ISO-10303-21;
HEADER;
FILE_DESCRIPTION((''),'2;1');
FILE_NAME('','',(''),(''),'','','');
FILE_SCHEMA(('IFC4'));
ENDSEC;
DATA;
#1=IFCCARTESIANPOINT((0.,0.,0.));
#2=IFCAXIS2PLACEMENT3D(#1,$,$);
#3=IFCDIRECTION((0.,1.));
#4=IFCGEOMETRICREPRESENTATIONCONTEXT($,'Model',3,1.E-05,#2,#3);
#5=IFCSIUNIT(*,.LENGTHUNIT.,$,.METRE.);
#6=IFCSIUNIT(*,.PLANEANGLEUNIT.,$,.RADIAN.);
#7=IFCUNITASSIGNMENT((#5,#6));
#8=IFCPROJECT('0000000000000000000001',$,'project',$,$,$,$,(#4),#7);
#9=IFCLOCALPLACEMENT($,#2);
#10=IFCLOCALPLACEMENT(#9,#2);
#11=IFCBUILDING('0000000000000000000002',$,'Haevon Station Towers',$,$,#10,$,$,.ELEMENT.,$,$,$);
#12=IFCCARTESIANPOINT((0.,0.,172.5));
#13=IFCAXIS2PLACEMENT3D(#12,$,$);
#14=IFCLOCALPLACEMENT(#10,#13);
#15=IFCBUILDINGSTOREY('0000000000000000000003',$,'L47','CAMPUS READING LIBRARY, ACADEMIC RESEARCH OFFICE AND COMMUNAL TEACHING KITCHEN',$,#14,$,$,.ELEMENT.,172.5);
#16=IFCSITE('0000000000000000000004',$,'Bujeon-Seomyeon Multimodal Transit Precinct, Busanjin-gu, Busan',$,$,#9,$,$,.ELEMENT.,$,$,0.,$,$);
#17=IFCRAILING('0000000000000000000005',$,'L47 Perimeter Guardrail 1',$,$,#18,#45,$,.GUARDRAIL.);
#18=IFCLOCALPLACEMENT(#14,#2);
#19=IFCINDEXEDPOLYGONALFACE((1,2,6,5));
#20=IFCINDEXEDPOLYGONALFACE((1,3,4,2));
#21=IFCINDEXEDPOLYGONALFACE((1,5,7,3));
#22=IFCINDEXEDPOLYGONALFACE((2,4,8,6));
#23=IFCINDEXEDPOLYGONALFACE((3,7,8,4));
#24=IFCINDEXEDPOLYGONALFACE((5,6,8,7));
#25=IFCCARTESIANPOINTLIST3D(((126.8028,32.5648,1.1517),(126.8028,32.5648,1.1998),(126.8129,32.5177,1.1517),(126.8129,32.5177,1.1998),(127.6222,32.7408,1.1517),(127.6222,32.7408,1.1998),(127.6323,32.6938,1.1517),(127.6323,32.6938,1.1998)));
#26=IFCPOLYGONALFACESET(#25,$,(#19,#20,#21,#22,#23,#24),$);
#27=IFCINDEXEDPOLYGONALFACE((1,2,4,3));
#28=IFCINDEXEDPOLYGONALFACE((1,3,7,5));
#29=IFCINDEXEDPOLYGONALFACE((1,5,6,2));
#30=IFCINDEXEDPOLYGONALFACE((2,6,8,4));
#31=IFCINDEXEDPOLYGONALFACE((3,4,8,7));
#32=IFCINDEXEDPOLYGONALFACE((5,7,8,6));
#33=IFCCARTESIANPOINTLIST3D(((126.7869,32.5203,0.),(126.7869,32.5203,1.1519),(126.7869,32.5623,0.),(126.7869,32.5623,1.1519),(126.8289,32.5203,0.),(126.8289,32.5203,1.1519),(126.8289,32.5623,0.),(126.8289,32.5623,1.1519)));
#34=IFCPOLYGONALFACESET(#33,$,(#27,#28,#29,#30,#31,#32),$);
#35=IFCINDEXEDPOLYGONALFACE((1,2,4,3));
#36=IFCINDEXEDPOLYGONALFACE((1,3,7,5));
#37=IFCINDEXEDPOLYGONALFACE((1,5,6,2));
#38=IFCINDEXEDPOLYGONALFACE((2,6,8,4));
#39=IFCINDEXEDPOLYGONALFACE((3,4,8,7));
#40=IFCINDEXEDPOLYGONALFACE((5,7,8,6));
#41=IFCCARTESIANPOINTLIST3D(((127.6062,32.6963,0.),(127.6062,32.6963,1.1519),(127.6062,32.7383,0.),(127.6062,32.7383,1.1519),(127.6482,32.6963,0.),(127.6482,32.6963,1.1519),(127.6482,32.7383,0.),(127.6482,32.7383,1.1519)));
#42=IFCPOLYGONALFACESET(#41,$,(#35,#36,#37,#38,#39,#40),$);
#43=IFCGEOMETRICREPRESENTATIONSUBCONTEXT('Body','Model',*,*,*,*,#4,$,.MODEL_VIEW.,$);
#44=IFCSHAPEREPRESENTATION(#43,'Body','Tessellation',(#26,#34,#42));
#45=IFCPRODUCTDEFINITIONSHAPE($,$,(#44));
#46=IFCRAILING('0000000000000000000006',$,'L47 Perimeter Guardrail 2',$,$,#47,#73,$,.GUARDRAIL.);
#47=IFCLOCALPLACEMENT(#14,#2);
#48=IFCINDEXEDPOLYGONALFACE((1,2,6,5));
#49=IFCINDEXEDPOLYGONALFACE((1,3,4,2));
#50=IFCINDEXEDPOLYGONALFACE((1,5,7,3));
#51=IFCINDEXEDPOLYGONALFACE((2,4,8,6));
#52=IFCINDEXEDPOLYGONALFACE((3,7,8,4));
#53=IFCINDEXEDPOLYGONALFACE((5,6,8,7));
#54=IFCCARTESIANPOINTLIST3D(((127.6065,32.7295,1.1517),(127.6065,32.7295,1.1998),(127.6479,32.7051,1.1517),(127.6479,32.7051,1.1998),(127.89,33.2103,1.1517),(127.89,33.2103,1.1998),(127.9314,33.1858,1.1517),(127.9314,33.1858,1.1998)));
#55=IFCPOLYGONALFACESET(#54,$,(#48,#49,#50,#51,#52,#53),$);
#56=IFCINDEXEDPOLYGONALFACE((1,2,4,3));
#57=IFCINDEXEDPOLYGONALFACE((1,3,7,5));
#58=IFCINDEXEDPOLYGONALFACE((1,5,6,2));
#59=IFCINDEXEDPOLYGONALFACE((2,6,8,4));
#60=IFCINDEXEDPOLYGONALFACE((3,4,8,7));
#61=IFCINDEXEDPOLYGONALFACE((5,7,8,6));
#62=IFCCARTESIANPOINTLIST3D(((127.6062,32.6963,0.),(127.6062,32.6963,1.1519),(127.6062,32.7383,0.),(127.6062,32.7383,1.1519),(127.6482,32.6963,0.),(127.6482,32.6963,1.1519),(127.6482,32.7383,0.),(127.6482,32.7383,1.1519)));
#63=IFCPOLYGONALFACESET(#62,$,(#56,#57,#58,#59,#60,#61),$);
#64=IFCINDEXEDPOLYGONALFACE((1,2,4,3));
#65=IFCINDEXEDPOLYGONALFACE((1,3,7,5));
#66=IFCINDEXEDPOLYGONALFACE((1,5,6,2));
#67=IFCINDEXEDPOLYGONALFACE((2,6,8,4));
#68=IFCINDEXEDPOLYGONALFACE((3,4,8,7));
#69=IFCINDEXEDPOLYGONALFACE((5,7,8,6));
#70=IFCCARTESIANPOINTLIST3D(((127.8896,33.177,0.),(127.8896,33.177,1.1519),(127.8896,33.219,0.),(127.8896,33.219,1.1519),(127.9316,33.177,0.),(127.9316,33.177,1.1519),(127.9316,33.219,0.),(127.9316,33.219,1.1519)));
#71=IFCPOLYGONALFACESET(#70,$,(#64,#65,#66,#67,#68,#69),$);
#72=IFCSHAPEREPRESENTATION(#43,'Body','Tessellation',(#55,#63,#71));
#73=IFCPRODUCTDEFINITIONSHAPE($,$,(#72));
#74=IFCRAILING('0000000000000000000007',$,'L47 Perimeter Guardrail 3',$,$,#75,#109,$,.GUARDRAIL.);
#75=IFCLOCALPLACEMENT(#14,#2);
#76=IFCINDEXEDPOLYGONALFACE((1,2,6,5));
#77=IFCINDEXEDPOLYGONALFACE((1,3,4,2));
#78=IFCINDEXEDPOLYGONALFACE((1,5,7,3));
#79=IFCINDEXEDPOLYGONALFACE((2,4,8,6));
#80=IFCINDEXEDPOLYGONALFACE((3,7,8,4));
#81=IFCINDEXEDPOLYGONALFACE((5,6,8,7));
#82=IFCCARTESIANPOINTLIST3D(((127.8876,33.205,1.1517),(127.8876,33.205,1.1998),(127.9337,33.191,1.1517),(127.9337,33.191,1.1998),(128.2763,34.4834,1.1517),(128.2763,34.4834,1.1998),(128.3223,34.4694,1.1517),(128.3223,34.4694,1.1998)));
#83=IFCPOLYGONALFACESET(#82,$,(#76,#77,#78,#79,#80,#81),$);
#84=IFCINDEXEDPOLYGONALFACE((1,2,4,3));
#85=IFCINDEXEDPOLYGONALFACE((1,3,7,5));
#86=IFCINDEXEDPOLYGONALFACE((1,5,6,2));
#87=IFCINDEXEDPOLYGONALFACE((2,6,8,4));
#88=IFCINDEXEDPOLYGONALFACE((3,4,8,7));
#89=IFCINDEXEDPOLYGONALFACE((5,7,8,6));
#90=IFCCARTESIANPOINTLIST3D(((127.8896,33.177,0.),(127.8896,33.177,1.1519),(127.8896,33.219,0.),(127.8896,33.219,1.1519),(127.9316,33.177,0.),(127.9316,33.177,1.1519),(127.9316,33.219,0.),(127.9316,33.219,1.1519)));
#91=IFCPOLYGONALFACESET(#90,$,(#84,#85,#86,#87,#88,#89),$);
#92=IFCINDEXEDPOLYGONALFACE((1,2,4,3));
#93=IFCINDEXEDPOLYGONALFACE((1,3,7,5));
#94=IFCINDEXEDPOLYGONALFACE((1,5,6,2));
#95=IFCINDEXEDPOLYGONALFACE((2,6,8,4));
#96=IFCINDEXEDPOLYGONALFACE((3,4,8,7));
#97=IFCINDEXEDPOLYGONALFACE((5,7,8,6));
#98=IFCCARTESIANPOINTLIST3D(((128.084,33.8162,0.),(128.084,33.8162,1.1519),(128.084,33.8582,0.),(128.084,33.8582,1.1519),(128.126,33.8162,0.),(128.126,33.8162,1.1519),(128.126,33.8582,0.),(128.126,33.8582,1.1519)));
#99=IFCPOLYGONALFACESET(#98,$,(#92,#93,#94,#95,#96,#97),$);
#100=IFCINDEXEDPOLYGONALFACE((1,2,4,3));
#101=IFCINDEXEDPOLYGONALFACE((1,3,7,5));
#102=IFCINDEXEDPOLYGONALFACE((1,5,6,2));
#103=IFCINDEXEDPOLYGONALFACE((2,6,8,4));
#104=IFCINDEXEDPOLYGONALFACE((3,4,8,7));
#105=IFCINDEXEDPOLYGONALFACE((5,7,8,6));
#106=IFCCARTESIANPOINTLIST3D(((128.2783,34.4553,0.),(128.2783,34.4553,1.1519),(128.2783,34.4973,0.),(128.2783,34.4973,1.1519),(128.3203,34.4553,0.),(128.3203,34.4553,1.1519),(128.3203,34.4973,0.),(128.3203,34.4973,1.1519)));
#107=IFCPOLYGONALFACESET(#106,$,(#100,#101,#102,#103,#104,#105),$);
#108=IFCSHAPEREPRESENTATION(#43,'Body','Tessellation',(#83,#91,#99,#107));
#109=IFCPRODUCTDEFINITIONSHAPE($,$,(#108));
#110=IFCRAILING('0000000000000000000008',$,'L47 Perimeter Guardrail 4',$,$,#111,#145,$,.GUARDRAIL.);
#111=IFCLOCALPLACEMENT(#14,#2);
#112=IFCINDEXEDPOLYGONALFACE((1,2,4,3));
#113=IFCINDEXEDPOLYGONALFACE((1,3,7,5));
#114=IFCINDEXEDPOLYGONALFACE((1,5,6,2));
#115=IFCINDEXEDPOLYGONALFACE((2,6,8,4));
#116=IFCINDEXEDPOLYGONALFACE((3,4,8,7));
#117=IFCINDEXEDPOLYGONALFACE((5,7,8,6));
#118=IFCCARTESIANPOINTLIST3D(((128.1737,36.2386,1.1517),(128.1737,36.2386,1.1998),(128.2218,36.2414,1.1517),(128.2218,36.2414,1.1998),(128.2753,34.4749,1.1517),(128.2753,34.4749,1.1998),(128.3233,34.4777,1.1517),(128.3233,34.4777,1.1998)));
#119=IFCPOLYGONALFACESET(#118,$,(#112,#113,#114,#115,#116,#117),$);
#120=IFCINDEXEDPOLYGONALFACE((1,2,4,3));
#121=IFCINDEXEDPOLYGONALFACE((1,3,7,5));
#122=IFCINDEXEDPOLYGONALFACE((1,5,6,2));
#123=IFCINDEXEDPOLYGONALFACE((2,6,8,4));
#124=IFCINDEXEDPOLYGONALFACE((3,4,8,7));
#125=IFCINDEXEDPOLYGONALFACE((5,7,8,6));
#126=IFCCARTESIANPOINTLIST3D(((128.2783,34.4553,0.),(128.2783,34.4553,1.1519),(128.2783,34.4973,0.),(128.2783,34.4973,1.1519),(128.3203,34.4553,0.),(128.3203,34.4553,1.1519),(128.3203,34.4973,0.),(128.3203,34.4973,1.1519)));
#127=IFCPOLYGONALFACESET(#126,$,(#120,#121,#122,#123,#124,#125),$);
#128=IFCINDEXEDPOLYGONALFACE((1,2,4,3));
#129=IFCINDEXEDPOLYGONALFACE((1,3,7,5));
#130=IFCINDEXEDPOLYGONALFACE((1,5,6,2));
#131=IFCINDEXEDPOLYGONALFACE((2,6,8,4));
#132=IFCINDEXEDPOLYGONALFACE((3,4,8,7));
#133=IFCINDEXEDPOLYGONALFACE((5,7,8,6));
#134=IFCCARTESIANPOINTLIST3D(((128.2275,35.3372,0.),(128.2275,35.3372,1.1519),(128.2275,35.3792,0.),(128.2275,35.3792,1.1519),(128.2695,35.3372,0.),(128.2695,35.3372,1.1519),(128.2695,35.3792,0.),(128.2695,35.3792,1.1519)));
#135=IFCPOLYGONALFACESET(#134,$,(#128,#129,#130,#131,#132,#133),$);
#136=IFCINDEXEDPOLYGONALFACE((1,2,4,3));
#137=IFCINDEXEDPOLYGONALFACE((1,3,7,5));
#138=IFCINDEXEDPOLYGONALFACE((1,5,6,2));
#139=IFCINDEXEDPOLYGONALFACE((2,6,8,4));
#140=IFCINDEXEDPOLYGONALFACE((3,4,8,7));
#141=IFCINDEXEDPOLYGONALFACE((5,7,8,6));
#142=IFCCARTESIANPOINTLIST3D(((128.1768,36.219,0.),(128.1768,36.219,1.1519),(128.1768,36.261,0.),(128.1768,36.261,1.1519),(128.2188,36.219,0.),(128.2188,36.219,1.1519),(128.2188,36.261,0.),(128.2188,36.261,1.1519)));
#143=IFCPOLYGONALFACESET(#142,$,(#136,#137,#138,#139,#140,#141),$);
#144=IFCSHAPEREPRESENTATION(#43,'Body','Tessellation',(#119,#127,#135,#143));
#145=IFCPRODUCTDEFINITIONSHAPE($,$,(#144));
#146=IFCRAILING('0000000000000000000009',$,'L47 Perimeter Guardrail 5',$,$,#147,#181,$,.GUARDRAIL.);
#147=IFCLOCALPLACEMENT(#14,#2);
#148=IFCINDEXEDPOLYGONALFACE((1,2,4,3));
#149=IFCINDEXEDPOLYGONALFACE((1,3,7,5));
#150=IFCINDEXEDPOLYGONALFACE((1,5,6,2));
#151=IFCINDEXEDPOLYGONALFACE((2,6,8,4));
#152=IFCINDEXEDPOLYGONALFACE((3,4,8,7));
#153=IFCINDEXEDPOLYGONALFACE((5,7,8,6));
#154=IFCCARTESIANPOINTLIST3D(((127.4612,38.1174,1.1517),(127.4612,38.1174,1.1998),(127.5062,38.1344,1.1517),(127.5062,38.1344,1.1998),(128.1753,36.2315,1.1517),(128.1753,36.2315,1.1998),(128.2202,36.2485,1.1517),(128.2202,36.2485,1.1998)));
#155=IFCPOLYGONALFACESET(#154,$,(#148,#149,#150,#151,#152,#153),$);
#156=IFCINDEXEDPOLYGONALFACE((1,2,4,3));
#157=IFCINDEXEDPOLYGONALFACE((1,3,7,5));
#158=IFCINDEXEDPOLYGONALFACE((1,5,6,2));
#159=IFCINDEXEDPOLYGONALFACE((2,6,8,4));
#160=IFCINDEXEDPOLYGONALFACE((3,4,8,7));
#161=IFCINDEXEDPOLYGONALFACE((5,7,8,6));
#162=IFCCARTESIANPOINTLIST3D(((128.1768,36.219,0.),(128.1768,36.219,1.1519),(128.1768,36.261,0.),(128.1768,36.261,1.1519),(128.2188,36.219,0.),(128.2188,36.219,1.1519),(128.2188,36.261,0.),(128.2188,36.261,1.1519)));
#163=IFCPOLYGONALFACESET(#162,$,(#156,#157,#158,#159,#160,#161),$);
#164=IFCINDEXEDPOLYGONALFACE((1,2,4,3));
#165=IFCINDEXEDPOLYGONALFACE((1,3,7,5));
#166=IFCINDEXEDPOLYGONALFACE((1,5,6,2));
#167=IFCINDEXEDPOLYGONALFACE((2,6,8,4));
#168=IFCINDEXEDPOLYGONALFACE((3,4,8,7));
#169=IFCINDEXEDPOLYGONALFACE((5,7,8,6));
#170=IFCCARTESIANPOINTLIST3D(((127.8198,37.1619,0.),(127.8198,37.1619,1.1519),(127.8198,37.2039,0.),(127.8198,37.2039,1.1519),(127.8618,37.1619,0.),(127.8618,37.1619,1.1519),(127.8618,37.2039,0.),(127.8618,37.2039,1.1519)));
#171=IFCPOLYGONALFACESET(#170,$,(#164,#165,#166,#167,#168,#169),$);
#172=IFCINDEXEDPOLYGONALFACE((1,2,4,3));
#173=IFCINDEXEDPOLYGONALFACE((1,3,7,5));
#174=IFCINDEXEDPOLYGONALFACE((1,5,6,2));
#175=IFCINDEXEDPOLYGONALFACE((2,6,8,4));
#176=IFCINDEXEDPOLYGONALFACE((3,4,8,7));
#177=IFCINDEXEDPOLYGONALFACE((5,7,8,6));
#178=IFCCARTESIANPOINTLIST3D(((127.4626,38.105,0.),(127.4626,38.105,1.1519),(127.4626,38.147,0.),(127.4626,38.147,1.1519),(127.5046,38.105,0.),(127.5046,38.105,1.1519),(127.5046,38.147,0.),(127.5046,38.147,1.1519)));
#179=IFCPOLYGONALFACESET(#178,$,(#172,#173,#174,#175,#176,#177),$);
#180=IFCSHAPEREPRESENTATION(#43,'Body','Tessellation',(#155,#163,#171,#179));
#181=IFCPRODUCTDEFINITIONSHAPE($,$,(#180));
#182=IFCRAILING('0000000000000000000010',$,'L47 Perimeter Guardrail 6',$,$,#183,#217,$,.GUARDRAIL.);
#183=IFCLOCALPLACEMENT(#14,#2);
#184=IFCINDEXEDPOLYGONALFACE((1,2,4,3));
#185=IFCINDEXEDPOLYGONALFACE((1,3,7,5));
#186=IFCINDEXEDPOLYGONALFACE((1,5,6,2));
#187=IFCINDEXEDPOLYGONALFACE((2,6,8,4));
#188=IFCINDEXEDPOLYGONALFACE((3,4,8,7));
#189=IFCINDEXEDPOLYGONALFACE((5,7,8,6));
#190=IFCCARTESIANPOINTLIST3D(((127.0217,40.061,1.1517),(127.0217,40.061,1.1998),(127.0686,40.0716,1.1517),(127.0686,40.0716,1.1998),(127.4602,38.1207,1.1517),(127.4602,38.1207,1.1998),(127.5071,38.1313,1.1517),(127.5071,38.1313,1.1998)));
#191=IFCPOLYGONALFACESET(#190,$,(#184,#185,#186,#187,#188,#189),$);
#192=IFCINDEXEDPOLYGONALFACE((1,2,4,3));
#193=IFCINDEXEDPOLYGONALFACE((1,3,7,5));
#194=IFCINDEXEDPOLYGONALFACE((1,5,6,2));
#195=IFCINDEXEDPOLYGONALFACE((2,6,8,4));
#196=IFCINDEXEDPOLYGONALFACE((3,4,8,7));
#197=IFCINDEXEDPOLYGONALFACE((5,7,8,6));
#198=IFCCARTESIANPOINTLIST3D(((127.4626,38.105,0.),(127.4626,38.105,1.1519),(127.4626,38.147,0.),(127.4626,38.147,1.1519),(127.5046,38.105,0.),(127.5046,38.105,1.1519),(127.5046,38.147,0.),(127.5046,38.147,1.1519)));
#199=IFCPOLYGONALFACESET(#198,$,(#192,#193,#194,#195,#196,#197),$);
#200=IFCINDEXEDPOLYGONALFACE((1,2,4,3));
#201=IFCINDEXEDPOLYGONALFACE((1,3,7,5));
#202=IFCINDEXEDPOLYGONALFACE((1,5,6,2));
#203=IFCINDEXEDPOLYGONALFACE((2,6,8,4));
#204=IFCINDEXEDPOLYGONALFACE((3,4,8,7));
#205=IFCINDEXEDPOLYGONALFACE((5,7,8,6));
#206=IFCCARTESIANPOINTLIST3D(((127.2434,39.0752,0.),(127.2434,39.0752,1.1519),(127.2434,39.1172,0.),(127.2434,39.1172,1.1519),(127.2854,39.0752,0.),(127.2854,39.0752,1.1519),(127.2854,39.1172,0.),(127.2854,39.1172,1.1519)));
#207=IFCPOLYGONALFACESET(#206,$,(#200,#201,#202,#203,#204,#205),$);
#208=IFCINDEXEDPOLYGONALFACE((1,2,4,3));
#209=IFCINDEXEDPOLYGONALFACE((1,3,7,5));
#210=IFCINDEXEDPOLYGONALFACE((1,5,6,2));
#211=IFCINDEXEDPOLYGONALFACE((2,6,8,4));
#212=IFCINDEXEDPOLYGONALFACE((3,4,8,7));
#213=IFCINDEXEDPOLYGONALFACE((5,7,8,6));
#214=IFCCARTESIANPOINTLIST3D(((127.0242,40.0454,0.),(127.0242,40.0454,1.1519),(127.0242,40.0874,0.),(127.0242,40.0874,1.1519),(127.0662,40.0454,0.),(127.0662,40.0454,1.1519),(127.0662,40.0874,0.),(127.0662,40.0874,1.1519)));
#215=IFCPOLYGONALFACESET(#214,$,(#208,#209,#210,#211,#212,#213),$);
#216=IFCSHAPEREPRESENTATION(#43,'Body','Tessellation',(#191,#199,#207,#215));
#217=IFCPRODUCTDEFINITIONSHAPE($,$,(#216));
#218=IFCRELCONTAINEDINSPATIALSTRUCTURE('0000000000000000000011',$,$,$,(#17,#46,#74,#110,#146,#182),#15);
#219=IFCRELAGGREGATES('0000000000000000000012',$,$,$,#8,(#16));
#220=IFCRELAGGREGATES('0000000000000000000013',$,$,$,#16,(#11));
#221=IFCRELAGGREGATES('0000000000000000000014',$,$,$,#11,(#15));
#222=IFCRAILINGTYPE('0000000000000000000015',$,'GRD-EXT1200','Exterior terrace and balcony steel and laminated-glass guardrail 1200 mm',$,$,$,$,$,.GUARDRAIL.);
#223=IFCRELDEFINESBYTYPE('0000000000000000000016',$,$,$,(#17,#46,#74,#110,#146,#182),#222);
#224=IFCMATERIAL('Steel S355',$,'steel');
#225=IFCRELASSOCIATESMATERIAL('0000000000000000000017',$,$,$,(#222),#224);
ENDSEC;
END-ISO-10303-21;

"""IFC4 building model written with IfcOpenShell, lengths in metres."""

from ifc_helpers import new_model, si_unit, direction, frame, origin, origin_2d, place, context, subcontext, project, spatial, rectangle, extrude, material, type_object, element, save


model = new_model("IFC4")

# Units and contexts
model_context = context("Model", 3, precision=1e-05, world=origin(), true_north=direction((0.0, 1.0)))
body_context = subcontext(model_context, "Body", "Model", "MODEL_VIEW")
ifc_project = project(units=[si_unit("LENGTHUNIT", "METRE"), si_unit("PLANEANGLEUNIT", "RADIAN")], contexts=[model_context])

# Site, building, storey
site_placement = place(None, origin())
site = spatial("IfcSite", under=ifc_project, at=site_placement, Name="Bujeon-Seomyeon Multimodal Transit Precinct, Busanjin-gu, Busan", CompositionType="ELEMENT", RefElevation=0.0)
building_placement = place(site_placement, origin())
building = spatial("IfcBuilding", under=site, at=building_placement, Name="Haevon Station Towers", CompositionType="ELEMENT")
storey_placement = place(building_placement, frame((0.0, 0.0, 172.5)))
storey = spatial("IfcBuildingStorey", under=building, at=storey_placement, Name="L47", Description="CAMPUS READING LIBRARY, ACADEMIC RESEARCH OFFICE AND COMMUNAL TEACHING KITCHEN", CompositionType="ELEMENT", Elevation=172.5)

# Shared definitions
ifc_material_1 = material(Name="Steel S355", Category="steel")

# Railings
railing_type = type_object("IfcRailingType", Name="GRD-EXT1200", Description="Exterior terrace and balcony steel and laminated-glass guardrail 1200 mm", PredefinedType="GUARDRAIL", material=ifc_material_1)
railing_1_placement = place(storey_placement, frame((126.8079, 32.5413, 0.0)))
element("IfcRailing", 1, at=railing_1_placement, inside=storey, type_object=railing_type, Name="L47 Perimeter Guardrail 1", PredefinedType="GUARDRAIL", context=body_context, shape_type="SweptSolid", body=[
    extrude(rectangle(XDim=0.0481, YDim=0.0481, at=origin_2d()), frame((0.0, 0.0, 1.1758), z_axis=(0.977691, 0.210046, 0.0), x_axis=(-0.210046, 0.977691, 0.0)), (0.0, 0.0, 1.0), 0.8381),
    extrude(rectangle(XDim=0.042, YDim=0.042, at=origin_2d()), origin(), (0.0, 0.0, 1.0), 1.1519),
    extrude(rectangle(XDim=0.042, YDim=0.042, at=origin_2d()), frame((0.8193, 0.176, 0.0)), (0.0, 0.0, 1.0), 1.1519),
])
railing_2_placement = place(storey_placement, frame((127.6272, 32.7173, 0.0)))
element("IfcRailing", 2, at=railing_2_placement, inside=storey, type_object=railing_type, Name="L47 Perimeter Guardrail 2", PredefinedType="GUARDRAIL", context=body_context, shape_type="SweptSolid", body=[
    extrude(rectangle(XDim=0.0481, YDim=0.0481, at=origin_2d()), frame((0.0, 0.0, 1.1758), z_axis=(0.507918, 0.861405, 0.0), x_axis=(-0.861405, 0.507918, 0.0)), (0.0, 0.0, 1.0), 0.5581),
    extrude(rectangle(XDim=0.042, YDim=0.042, at=origin_2d()), origin(), (0.0, 0.0, 1.0), 1.1519),
    extrude(rectangle(XDim=0.042, YDim=0.042, at=origin_2d()), frame((0.2834, 0.4807, 0.0)), (0.0, 0.0, 1.0), 1.1519),
])
railing_3_placement = place(storey_placement, frame((127.9106, 33.198, 0.0)))
element("IfcRailing", 3, at=railing_3_placement, inside=storey, type_object=railing_type, Name="L47 Perimeter Guardrail 3", PredefinedType="GUARDRAIL", context=body_context, shape_type="SweptSolid", body=[
    extrude(rectangle(XDim=0.0481, YDim=0.0481, at=origin_2d()), frame((0.0, 0.0, 1.1758), z_axis=(0.2909, 0.956754, 0.0), x_axis=(-0.956754, 0.2909, 0.0)), (0.0, 0.0, 1.0), 1.3362),
    extrude(rectangle(XDim=0.042, YDim=0.042, at=origin_2d()), origin(), (0.0, 0.0, 1.0), 1.1519),
    extrude(rectangle(XDim=0.042, YDim=0.042, at=origin_2d()), frame((0.1943, 0.6392, 0.0)), (0.0, 0.0, 1.0), 1.1519),
    extrude(rectangle(XDim=0.042, YDim=0.042, at=origin_2d()), frame((0.3887, 1.2783, 0.0)), (0.0, 0.0, 1.0), 1.1519),
])
railing_4_placement = place(storey_placement, frame((128.2993, 34.4763, 0.0)))
element("IfcRailing", 4, at=railing_4_placement, inside=storey, type_object=railing_type, Name="L47 Perimeter Guardrail 4", PredefinedType="GUARDRAIL", context=body_context, shape_type="SweptSolid", body=[
    extrude(rectangle(XDim=0.0481, YDim=0.0481, at=origin_2d()), frame((0.0, 0.0, 1.1758), z_axis=(-0.057491, 0.998346, 0.0), x_axis=(-0.998346, -0.057491, 0.0)), (0.0, 0.0, 1.0), 1.7666),
    extrude(rectangle(XDim=0.042, YDim=0.042, at=origin_2d()), origin(), (0.0, 0.0, 1.0), 1.1519),
    extrude(rectangle(XDim=0.042, YDim=0.042, at=origin_2d()), frame((-0.0508, 0.8818, 0.0)), (0.0, 0.0, 1.0), 1.1519),
    extrude(rectangle(XDim=0.042, YDim=0.042, at=origin_2d()), frame((-0.1016, 1.7637, 0.0)), (0.0, 0.0, 1.0), 1.1519),
])
railing_5_placement = place(storey_placement, frame((128.1978, 36.24, 0.0)))
element("IfcRailing", 5, at=railing_5_placement, inside=storey, type_object=railing_type, Name="L47 Perimeter Guardrail 5", PredefinedType="GUARDRAIL", context=body_context, shape_type="SweptSolid", body=[
    extrude(rectangle(XDim=0.0481, YDim=0.0481, at=origin_2d()), frame((0.0, 0.0, 1.1758), z_axis=(-0.354107, 0.935205, 0.0), x_axis=(-0.935205, -0.354107, 0.0)), (0.0, 0.0, 1.0), 2.0166),
    extrude(rectangle(XDim=0.042, YDim=0.042, at=origin_2d()), origin(), (0.0, 0.0, 1.0), 1.1519),
    extrude(rectangle(XDim=0.042, YDim=0.042, at=origin_2d()), frame((-0.3569, 0.9429, 0.0)), (0.0, 0.0, 1.0), 1.1519),
    extrude(rectangle(XDim=0.042, YDim=0.042, at=origin_2d()), frame((-0.7141, 1.886, 0.0)), (0.0, 0.0, 1.0), 1.1519),
])
railing_6_placement = place(storey_placement, frame((127.4836, 38.126, 0.0)))
element("IfcRailing", 6, at=railing_6_placement, inside=storey, type_object=railing_type, Name="L47 Perimeter Guardrail 6", PredefinedType="GUARDRAIL", context=body_context, shape_type="SweptSolid", body=[
    extrude(rectangle(XDim=0.0481, YDim=0.0481, at=origin_2d()), frame((0.0, 0.0, 1.1758), z_axis=(-0.220412, 0.975407, 0.0), x_axis=(-0.975407, -0.220412, 0.0)), (0.0, 0.0, 1.0), 1.9893),
    extrude(rectangle(XDim=0.042, YDim=0.042, at=origin_2d()), origin(), (0.0, 0.0, 1.0), 1.1519),
    extrude(rectangle(XDim=0.042, YDim=0.042, at=origin_2d()), frame((-0.2192, 0.9702, 0.0)), (0.0, 0.0, 1.0), 1.1519),
    extrude(rectangle(XDim=0.042, YDim=0.042, at=origin_2d()), frame((-0.4385, 1.9404, 0.0)), (0.0, 0.0, 1.0), 1.1519),
])

save(model, "model.ifc")
